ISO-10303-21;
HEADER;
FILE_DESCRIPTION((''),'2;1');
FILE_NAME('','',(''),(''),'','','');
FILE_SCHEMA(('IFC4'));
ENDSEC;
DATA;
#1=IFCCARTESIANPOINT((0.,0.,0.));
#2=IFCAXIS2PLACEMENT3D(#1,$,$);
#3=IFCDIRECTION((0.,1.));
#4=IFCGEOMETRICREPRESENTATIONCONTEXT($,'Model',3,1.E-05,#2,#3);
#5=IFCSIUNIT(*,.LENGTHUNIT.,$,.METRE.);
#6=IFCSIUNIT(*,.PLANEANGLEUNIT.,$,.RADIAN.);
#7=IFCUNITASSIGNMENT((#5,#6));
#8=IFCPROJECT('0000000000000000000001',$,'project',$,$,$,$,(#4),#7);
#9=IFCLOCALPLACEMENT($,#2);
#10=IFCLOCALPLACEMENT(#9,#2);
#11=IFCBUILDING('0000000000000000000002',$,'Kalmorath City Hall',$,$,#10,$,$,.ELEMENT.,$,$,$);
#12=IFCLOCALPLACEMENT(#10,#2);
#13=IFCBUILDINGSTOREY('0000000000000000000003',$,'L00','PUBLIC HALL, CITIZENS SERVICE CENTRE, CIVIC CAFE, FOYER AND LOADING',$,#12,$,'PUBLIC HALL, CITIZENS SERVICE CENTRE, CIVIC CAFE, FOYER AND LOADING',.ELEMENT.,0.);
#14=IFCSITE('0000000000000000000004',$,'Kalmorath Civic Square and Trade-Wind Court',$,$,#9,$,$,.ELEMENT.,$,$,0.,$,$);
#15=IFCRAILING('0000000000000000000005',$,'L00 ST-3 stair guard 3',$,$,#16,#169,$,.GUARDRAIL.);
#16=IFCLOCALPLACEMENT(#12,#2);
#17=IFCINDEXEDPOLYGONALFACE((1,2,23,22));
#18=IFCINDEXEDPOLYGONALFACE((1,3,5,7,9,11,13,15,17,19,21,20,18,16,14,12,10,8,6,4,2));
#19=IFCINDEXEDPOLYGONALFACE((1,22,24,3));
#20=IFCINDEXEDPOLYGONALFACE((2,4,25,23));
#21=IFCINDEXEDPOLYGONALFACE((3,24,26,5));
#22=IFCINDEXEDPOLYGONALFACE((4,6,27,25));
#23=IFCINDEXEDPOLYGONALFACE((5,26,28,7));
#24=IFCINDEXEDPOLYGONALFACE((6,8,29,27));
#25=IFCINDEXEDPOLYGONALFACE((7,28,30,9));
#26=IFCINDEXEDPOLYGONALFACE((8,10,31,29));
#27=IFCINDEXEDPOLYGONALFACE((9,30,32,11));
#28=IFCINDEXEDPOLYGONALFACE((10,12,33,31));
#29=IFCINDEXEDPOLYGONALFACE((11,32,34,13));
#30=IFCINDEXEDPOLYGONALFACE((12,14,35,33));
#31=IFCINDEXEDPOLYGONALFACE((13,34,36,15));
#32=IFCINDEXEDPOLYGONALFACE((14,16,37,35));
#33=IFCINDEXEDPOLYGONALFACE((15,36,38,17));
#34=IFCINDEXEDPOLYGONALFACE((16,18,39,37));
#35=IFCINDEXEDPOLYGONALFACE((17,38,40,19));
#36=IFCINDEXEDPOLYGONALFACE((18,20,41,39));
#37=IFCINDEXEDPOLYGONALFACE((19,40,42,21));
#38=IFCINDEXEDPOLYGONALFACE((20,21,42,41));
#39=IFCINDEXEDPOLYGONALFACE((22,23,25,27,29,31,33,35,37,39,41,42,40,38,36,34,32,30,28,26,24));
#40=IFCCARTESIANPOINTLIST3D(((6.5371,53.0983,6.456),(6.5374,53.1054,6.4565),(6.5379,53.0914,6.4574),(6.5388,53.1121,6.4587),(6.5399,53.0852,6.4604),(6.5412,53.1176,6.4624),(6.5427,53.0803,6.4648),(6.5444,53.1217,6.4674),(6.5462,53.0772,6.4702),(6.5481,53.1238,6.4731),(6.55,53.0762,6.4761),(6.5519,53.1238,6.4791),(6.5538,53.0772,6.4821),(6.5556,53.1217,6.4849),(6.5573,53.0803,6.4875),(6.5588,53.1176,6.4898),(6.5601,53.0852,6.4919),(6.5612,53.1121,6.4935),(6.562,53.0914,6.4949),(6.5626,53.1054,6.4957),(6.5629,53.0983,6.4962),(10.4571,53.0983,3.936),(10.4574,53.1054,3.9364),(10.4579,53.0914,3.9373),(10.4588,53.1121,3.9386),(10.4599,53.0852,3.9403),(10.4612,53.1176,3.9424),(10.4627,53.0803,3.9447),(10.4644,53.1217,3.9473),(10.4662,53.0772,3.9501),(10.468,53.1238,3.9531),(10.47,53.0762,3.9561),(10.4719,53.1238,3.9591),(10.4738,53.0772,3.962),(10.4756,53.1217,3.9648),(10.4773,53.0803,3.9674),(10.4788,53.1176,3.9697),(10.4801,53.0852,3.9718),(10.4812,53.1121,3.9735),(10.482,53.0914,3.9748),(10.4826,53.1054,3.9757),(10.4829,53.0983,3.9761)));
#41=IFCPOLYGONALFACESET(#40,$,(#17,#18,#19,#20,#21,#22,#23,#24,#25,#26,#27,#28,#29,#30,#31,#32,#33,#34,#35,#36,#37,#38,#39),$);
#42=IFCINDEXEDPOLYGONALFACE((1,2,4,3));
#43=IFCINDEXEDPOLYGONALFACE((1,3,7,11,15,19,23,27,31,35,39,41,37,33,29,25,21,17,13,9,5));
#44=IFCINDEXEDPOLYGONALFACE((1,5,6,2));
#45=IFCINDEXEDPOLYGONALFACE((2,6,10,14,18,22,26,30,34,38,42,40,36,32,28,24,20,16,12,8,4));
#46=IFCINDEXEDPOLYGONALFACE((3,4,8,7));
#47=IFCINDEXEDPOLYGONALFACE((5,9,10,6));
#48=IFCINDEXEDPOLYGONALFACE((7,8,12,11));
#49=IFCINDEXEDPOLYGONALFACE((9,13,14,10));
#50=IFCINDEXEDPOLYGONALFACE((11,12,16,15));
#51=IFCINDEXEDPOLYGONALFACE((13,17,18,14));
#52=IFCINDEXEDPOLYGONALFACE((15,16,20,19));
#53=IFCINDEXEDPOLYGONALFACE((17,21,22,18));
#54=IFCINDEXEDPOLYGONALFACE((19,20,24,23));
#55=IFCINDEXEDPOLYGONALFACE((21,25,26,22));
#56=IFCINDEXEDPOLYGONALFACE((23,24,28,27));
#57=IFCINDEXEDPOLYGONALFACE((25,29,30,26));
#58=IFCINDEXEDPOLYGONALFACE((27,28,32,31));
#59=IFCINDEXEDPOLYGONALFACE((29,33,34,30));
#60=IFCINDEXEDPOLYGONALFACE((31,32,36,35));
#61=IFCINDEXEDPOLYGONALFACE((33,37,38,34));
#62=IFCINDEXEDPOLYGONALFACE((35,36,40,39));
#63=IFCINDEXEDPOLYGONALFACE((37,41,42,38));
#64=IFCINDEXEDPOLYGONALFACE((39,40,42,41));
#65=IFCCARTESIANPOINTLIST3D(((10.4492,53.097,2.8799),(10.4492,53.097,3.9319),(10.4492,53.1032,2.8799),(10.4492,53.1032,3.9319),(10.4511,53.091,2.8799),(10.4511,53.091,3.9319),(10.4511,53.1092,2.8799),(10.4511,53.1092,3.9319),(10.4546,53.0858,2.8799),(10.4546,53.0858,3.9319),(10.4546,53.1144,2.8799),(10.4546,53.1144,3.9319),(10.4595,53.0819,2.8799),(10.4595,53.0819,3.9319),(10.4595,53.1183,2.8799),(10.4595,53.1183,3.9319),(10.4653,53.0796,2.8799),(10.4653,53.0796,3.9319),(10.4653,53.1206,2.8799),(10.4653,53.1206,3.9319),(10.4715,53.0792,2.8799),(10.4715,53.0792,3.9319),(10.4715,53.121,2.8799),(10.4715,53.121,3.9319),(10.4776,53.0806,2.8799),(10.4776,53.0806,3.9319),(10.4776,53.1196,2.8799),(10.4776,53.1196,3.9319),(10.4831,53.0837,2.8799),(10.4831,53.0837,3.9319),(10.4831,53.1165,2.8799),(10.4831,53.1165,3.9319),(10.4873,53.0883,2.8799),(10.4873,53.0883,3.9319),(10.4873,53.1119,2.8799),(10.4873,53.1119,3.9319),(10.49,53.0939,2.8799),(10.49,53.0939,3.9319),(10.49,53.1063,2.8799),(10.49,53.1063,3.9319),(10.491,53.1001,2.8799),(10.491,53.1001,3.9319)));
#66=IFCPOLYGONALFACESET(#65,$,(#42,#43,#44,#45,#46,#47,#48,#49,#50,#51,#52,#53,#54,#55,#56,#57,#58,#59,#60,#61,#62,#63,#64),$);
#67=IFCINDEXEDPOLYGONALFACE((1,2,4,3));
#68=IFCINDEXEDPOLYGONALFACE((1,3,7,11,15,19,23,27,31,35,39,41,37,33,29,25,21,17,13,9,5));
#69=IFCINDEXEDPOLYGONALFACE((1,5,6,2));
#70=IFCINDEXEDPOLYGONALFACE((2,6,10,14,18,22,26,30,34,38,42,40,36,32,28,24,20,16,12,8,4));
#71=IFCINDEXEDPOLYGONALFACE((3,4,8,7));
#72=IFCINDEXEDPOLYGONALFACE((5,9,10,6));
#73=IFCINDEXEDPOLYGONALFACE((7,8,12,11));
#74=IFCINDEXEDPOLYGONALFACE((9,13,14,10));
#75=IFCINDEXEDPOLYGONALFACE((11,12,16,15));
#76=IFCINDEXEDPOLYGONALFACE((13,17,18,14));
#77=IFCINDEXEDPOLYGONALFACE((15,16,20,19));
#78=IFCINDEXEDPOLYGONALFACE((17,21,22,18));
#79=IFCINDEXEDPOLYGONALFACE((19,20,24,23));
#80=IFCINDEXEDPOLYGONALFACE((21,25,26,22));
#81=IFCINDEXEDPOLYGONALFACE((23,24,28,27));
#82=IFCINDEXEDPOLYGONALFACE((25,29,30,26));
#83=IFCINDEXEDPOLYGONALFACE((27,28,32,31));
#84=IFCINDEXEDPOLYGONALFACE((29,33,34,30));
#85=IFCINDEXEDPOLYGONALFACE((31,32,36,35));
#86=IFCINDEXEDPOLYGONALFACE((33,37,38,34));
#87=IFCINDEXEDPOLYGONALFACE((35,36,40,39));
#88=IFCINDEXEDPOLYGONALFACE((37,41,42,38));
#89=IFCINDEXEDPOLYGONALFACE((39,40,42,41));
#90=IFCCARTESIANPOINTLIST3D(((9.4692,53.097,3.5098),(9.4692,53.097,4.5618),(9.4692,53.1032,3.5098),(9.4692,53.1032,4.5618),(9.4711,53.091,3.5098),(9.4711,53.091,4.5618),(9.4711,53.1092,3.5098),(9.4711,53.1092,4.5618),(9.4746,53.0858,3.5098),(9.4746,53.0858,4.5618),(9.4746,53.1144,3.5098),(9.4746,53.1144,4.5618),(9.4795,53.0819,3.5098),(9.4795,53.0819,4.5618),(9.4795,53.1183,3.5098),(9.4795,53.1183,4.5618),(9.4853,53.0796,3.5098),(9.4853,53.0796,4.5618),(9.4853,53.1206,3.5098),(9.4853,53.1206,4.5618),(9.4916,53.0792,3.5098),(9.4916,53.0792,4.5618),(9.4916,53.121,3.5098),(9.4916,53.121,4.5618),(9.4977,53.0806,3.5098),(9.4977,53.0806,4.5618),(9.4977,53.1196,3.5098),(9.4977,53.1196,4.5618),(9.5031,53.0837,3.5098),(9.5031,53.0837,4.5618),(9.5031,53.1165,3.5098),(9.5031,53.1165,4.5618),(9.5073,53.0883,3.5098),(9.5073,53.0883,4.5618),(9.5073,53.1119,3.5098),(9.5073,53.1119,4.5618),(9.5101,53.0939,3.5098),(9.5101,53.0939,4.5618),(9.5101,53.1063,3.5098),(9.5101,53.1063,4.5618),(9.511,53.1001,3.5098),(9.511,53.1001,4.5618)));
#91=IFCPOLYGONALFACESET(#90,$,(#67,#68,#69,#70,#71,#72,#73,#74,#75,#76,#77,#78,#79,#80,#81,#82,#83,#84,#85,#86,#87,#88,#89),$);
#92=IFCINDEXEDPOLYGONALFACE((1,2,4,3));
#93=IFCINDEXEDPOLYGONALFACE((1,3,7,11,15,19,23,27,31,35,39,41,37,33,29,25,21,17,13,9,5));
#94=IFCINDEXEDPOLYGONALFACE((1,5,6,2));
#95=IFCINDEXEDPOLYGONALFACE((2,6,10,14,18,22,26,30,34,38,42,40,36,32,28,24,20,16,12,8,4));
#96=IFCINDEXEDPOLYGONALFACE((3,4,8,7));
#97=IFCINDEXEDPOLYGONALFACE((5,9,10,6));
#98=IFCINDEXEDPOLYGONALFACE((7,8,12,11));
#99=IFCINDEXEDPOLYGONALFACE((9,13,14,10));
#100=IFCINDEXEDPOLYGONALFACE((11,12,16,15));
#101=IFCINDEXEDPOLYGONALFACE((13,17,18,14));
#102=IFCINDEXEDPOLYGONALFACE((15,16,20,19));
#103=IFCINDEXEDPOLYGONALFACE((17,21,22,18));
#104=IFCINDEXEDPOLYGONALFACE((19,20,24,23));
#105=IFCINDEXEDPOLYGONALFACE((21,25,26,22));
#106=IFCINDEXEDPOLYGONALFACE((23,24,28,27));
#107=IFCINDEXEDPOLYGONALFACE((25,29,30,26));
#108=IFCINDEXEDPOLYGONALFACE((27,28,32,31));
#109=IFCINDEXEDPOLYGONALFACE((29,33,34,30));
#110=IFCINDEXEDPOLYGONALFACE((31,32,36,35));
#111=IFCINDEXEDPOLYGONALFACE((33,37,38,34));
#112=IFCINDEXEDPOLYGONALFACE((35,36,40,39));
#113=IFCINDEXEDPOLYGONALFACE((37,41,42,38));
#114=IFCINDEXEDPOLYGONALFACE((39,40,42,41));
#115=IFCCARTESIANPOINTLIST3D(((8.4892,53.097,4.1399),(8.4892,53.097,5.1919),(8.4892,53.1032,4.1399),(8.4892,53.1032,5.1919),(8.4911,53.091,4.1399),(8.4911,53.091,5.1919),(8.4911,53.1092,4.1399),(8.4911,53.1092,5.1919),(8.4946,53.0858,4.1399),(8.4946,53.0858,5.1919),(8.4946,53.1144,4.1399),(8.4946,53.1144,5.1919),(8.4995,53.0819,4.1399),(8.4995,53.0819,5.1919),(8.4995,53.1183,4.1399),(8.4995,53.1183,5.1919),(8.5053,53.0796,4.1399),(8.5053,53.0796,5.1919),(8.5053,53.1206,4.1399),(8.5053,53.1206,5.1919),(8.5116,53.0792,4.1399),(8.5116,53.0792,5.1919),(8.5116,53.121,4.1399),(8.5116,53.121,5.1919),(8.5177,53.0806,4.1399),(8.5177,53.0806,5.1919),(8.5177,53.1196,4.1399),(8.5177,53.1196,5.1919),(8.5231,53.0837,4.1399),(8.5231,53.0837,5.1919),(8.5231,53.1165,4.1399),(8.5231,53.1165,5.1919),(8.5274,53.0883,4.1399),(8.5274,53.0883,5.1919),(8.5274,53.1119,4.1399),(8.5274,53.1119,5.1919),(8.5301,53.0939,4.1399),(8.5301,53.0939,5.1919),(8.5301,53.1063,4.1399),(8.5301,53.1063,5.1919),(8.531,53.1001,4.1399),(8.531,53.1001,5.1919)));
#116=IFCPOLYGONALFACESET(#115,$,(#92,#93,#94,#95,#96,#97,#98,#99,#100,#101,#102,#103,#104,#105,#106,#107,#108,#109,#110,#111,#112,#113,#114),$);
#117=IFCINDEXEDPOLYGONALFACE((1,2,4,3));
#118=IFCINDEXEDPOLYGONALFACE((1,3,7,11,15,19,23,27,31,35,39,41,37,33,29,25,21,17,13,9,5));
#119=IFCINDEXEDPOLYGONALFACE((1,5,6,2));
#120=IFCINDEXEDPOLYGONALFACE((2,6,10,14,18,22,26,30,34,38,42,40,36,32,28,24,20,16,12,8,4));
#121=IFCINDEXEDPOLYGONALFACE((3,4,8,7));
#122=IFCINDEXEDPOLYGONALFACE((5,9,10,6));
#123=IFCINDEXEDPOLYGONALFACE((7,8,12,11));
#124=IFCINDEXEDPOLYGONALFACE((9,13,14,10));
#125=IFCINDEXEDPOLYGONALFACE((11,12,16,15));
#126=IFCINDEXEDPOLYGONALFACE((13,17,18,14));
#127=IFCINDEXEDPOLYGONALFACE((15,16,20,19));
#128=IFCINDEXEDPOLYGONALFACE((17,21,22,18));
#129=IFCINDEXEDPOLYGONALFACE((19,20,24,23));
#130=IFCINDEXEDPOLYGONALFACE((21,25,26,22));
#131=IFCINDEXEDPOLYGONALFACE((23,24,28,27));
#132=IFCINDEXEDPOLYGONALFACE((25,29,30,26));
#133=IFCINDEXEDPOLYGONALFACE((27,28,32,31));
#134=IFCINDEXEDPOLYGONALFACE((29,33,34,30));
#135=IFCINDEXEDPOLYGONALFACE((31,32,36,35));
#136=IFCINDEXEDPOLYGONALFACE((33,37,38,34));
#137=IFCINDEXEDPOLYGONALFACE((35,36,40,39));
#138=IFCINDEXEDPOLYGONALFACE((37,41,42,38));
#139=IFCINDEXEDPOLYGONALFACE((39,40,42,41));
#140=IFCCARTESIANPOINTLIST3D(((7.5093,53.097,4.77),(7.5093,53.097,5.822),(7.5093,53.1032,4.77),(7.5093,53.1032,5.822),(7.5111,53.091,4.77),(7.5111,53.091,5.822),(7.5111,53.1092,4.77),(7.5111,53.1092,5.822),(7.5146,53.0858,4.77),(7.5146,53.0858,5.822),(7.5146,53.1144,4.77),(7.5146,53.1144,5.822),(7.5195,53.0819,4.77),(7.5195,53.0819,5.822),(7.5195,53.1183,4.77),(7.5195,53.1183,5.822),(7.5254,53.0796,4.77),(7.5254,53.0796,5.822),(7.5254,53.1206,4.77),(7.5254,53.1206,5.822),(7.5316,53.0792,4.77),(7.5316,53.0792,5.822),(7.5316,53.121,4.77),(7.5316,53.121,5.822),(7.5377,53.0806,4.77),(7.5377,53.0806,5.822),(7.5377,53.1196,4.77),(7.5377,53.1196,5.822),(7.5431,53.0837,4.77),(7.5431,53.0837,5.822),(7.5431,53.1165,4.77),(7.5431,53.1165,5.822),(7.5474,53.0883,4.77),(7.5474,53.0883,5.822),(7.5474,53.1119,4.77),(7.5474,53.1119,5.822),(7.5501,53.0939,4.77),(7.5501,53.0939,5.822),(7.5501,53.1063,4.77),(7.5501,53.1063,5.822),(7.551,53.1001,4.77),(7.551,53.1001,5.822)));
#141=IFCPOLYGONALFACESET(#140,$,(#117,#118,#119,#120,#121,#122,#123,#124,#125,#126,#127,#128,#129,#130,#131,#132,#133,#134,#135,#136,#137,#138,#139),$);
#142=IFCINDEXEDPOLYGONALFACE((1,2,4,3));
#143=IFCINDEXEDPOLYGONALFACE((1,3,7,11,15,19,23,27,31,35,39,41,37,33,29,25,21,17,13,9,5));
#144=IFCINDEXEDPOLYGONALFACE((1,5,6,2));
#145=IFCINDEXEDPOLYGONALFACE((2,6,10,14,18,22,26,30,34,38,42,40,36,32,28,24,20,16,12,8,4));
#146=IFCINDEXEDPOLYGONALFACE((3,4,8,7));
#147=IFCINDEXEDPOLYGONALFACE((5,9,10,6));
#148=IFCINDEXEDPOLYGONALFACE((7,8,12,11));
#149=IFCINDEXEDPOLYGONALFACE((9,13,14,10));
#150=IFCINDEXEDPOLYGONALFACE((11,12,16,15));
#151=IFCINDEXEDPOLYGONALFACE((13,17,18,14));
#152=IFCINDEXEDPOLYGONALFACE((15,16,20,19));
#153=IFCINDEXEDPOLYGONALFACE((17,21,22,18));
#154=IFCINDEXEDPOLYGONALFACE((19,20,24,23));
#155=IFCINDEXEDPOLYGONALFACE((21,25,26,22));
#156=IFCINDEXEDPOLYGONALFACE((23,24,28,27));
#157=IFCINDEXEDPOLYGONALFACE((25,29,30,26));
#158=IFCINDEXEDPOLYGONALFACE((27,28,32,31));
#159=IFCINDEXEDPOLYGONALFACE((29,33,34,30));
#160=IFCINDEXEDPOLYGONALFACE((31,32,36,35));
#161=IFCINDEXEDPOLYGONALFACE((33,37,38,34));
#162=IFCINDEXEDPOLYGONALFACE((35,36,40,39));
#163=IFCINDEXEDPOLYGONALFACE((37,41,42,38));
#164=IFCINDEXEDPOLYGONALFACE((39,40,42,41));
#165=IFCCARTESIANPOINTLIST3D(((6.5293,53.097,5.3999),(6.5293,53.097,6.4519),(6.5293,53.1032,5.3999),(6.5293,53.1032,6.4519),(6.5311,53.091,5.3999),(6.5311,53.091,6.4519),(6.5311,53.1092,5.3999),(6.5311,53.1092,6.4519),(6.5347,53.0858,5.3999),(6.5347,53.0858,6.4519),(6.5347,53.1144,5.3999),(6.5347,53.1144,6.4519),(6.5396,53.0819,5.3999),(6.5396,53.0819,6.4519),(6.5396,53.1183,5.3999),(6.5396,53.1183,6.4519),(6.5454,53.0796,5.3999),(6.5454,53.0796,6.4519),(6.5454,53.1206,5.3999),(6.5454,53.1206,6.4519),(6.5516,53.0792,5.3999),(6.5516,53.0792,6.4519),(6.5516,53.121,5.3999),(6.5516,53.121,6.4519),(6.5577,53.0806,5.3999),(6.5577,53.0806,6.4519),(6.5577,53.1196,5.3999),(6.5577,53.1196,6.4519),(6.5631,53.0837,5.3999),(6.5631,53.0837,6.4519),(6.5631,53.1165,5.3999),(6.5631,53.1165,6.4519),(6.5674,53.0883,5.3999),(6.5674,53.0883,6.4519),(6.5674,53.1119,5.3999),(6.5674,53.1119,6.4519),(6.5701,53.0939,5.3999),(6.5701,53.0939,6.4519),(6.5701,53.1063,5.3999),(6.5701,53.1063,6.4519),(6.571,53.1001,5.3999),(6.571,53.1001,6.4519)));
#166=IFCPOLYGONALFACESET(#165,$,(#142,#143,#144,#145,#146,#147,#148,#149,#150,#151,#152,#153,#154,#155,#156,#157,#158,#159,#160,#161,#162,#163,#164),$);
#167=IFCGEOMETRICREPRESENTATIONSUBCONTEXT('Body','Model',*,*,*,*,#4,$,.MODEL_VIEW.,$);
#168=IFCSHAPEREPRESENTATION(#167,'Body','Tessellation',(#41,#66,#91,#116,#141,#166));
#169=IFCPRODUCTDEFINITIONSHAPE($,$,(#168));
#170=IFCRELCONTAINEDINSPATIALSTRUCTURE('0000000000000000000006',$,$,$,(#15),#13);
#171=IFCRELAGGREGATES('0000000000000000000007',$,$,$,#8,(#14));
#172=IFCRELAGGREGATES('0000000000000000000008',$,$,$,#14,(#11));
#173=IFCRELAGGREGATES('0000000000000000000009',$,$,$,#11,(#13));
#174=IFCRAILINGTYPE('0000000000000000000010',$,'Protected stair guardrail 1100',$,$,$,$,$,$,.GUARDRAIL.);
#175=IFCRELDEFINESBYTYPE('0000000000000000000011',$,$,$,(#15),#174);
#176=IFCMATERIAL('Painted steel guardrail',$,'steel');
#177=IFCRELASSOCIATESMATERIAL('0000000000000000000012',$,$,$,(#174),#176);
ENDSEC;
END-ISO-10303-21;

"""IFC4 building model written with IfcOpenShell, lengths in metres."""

from ifc_helpers import new_model, si_unit, direction, frame, origin, origin_2d, place, context, subcontext, project, spatial, circle, extrude, material, type_object, element, save


model = new_model("IFC4")

# Units and contexts
model_context = context("Model", 3, precision=1e-05, world=origin(), true_north=direction((0.0, 1.0)))
body_context = subcontext(model_context, "Body", "Model", "MODEL_VIEW")
ifc_project = project(units=[si_unit("LENGTHUNIT", "METRE"), si_unit("PLANEANGLEUNIT", "RADIAN")], contexts=[model_context])

# Site, building, storey
site_placement = place(None, origin())
site = spatial("IfcSite", under=ifc_project, at=site_placement, Name="Kalmorath Civic Square and Trade-Wind Court", CompositionType="ELEMENT", RefElevation=0.0)
building_placement = place(site_placement, origin())
building = spatial("IfcBuilding", under=site, at=building_placement, Name="Kalmorath City Hall", CompositionType="ELEMENT")
storey_placement = place(building_placement, origin())
storey = spatial("IfcBuildingStorey", under=building, at=storey_placement, Name="L00", Description="PUBLIC HALL, CITIZENS SERVICE CENTRE, CIVIC CAFE, FOYER AND LOADING", LongName="PUBLIC HALL, CITIZENS SERVICE CENTRE, CIVIC CAFE, FOYER AND LOADING", CompositionType="ELEMENT", Elevation=0.0)

# Railing
ifc_material_1 = material(Name="Painted steel guardrail", Category="steel")
railing_type_1 = type_object("IfcRailingType", Name="Protected stair guardrail 1100", PredefinedType="GUARDRAIL", material=ifc_material_1)
railing_1_placement = place(storey_placement, frame((10.47, 53.1001, 2.8799)))
element("IfcRailing", 1, at=railing_1_placement, inside=storey, type_object=railing_type_1, Name="L00 ST-3 stair guard 3", PredefinedType="GUARDRAIL", context=body_context, shape_type="SweptSolid", body=[
    extrude(circle(Radius=0.0239, at=origin_2d()), frame((0.0, 0.0, 1.0762), z_axis=(-0.841172, 0.0, 0.540768), x_axis=(0.0, -1.0, 0.0)), (0.0, 0.0, 1.0), 4.6602),
    extrude(circle(Radius=0.021, at=origin_2d()), origin(), (0.0, 0.0, 1.0), 1.052),
    extrude(circle(Radius=0.021, at=origin_2d()), frame((-0.98, 0.0, 0.6299)), (0.0, 0.0, 1.0), 1.052),
    extrude(circle(Radius=0.021, at=origin_2d()), frame((-1.96, 0.0, 1.26)), (0.0, 0.0, 1.0), 1.052),
    extrude(circle(Radius=0.021, at=origin_2d()), frame((-2.9399, 0.0, 1.8901)), (0.0, 0.0, 1.0), 1.052),
    extrude(circle(Radius=0.021, at=origin_2d()), frame((-3.9199, 0.0, 2.52)), (0.0, 0.0, 1.0), 1.052),
])

save(model, "model.ifc")
